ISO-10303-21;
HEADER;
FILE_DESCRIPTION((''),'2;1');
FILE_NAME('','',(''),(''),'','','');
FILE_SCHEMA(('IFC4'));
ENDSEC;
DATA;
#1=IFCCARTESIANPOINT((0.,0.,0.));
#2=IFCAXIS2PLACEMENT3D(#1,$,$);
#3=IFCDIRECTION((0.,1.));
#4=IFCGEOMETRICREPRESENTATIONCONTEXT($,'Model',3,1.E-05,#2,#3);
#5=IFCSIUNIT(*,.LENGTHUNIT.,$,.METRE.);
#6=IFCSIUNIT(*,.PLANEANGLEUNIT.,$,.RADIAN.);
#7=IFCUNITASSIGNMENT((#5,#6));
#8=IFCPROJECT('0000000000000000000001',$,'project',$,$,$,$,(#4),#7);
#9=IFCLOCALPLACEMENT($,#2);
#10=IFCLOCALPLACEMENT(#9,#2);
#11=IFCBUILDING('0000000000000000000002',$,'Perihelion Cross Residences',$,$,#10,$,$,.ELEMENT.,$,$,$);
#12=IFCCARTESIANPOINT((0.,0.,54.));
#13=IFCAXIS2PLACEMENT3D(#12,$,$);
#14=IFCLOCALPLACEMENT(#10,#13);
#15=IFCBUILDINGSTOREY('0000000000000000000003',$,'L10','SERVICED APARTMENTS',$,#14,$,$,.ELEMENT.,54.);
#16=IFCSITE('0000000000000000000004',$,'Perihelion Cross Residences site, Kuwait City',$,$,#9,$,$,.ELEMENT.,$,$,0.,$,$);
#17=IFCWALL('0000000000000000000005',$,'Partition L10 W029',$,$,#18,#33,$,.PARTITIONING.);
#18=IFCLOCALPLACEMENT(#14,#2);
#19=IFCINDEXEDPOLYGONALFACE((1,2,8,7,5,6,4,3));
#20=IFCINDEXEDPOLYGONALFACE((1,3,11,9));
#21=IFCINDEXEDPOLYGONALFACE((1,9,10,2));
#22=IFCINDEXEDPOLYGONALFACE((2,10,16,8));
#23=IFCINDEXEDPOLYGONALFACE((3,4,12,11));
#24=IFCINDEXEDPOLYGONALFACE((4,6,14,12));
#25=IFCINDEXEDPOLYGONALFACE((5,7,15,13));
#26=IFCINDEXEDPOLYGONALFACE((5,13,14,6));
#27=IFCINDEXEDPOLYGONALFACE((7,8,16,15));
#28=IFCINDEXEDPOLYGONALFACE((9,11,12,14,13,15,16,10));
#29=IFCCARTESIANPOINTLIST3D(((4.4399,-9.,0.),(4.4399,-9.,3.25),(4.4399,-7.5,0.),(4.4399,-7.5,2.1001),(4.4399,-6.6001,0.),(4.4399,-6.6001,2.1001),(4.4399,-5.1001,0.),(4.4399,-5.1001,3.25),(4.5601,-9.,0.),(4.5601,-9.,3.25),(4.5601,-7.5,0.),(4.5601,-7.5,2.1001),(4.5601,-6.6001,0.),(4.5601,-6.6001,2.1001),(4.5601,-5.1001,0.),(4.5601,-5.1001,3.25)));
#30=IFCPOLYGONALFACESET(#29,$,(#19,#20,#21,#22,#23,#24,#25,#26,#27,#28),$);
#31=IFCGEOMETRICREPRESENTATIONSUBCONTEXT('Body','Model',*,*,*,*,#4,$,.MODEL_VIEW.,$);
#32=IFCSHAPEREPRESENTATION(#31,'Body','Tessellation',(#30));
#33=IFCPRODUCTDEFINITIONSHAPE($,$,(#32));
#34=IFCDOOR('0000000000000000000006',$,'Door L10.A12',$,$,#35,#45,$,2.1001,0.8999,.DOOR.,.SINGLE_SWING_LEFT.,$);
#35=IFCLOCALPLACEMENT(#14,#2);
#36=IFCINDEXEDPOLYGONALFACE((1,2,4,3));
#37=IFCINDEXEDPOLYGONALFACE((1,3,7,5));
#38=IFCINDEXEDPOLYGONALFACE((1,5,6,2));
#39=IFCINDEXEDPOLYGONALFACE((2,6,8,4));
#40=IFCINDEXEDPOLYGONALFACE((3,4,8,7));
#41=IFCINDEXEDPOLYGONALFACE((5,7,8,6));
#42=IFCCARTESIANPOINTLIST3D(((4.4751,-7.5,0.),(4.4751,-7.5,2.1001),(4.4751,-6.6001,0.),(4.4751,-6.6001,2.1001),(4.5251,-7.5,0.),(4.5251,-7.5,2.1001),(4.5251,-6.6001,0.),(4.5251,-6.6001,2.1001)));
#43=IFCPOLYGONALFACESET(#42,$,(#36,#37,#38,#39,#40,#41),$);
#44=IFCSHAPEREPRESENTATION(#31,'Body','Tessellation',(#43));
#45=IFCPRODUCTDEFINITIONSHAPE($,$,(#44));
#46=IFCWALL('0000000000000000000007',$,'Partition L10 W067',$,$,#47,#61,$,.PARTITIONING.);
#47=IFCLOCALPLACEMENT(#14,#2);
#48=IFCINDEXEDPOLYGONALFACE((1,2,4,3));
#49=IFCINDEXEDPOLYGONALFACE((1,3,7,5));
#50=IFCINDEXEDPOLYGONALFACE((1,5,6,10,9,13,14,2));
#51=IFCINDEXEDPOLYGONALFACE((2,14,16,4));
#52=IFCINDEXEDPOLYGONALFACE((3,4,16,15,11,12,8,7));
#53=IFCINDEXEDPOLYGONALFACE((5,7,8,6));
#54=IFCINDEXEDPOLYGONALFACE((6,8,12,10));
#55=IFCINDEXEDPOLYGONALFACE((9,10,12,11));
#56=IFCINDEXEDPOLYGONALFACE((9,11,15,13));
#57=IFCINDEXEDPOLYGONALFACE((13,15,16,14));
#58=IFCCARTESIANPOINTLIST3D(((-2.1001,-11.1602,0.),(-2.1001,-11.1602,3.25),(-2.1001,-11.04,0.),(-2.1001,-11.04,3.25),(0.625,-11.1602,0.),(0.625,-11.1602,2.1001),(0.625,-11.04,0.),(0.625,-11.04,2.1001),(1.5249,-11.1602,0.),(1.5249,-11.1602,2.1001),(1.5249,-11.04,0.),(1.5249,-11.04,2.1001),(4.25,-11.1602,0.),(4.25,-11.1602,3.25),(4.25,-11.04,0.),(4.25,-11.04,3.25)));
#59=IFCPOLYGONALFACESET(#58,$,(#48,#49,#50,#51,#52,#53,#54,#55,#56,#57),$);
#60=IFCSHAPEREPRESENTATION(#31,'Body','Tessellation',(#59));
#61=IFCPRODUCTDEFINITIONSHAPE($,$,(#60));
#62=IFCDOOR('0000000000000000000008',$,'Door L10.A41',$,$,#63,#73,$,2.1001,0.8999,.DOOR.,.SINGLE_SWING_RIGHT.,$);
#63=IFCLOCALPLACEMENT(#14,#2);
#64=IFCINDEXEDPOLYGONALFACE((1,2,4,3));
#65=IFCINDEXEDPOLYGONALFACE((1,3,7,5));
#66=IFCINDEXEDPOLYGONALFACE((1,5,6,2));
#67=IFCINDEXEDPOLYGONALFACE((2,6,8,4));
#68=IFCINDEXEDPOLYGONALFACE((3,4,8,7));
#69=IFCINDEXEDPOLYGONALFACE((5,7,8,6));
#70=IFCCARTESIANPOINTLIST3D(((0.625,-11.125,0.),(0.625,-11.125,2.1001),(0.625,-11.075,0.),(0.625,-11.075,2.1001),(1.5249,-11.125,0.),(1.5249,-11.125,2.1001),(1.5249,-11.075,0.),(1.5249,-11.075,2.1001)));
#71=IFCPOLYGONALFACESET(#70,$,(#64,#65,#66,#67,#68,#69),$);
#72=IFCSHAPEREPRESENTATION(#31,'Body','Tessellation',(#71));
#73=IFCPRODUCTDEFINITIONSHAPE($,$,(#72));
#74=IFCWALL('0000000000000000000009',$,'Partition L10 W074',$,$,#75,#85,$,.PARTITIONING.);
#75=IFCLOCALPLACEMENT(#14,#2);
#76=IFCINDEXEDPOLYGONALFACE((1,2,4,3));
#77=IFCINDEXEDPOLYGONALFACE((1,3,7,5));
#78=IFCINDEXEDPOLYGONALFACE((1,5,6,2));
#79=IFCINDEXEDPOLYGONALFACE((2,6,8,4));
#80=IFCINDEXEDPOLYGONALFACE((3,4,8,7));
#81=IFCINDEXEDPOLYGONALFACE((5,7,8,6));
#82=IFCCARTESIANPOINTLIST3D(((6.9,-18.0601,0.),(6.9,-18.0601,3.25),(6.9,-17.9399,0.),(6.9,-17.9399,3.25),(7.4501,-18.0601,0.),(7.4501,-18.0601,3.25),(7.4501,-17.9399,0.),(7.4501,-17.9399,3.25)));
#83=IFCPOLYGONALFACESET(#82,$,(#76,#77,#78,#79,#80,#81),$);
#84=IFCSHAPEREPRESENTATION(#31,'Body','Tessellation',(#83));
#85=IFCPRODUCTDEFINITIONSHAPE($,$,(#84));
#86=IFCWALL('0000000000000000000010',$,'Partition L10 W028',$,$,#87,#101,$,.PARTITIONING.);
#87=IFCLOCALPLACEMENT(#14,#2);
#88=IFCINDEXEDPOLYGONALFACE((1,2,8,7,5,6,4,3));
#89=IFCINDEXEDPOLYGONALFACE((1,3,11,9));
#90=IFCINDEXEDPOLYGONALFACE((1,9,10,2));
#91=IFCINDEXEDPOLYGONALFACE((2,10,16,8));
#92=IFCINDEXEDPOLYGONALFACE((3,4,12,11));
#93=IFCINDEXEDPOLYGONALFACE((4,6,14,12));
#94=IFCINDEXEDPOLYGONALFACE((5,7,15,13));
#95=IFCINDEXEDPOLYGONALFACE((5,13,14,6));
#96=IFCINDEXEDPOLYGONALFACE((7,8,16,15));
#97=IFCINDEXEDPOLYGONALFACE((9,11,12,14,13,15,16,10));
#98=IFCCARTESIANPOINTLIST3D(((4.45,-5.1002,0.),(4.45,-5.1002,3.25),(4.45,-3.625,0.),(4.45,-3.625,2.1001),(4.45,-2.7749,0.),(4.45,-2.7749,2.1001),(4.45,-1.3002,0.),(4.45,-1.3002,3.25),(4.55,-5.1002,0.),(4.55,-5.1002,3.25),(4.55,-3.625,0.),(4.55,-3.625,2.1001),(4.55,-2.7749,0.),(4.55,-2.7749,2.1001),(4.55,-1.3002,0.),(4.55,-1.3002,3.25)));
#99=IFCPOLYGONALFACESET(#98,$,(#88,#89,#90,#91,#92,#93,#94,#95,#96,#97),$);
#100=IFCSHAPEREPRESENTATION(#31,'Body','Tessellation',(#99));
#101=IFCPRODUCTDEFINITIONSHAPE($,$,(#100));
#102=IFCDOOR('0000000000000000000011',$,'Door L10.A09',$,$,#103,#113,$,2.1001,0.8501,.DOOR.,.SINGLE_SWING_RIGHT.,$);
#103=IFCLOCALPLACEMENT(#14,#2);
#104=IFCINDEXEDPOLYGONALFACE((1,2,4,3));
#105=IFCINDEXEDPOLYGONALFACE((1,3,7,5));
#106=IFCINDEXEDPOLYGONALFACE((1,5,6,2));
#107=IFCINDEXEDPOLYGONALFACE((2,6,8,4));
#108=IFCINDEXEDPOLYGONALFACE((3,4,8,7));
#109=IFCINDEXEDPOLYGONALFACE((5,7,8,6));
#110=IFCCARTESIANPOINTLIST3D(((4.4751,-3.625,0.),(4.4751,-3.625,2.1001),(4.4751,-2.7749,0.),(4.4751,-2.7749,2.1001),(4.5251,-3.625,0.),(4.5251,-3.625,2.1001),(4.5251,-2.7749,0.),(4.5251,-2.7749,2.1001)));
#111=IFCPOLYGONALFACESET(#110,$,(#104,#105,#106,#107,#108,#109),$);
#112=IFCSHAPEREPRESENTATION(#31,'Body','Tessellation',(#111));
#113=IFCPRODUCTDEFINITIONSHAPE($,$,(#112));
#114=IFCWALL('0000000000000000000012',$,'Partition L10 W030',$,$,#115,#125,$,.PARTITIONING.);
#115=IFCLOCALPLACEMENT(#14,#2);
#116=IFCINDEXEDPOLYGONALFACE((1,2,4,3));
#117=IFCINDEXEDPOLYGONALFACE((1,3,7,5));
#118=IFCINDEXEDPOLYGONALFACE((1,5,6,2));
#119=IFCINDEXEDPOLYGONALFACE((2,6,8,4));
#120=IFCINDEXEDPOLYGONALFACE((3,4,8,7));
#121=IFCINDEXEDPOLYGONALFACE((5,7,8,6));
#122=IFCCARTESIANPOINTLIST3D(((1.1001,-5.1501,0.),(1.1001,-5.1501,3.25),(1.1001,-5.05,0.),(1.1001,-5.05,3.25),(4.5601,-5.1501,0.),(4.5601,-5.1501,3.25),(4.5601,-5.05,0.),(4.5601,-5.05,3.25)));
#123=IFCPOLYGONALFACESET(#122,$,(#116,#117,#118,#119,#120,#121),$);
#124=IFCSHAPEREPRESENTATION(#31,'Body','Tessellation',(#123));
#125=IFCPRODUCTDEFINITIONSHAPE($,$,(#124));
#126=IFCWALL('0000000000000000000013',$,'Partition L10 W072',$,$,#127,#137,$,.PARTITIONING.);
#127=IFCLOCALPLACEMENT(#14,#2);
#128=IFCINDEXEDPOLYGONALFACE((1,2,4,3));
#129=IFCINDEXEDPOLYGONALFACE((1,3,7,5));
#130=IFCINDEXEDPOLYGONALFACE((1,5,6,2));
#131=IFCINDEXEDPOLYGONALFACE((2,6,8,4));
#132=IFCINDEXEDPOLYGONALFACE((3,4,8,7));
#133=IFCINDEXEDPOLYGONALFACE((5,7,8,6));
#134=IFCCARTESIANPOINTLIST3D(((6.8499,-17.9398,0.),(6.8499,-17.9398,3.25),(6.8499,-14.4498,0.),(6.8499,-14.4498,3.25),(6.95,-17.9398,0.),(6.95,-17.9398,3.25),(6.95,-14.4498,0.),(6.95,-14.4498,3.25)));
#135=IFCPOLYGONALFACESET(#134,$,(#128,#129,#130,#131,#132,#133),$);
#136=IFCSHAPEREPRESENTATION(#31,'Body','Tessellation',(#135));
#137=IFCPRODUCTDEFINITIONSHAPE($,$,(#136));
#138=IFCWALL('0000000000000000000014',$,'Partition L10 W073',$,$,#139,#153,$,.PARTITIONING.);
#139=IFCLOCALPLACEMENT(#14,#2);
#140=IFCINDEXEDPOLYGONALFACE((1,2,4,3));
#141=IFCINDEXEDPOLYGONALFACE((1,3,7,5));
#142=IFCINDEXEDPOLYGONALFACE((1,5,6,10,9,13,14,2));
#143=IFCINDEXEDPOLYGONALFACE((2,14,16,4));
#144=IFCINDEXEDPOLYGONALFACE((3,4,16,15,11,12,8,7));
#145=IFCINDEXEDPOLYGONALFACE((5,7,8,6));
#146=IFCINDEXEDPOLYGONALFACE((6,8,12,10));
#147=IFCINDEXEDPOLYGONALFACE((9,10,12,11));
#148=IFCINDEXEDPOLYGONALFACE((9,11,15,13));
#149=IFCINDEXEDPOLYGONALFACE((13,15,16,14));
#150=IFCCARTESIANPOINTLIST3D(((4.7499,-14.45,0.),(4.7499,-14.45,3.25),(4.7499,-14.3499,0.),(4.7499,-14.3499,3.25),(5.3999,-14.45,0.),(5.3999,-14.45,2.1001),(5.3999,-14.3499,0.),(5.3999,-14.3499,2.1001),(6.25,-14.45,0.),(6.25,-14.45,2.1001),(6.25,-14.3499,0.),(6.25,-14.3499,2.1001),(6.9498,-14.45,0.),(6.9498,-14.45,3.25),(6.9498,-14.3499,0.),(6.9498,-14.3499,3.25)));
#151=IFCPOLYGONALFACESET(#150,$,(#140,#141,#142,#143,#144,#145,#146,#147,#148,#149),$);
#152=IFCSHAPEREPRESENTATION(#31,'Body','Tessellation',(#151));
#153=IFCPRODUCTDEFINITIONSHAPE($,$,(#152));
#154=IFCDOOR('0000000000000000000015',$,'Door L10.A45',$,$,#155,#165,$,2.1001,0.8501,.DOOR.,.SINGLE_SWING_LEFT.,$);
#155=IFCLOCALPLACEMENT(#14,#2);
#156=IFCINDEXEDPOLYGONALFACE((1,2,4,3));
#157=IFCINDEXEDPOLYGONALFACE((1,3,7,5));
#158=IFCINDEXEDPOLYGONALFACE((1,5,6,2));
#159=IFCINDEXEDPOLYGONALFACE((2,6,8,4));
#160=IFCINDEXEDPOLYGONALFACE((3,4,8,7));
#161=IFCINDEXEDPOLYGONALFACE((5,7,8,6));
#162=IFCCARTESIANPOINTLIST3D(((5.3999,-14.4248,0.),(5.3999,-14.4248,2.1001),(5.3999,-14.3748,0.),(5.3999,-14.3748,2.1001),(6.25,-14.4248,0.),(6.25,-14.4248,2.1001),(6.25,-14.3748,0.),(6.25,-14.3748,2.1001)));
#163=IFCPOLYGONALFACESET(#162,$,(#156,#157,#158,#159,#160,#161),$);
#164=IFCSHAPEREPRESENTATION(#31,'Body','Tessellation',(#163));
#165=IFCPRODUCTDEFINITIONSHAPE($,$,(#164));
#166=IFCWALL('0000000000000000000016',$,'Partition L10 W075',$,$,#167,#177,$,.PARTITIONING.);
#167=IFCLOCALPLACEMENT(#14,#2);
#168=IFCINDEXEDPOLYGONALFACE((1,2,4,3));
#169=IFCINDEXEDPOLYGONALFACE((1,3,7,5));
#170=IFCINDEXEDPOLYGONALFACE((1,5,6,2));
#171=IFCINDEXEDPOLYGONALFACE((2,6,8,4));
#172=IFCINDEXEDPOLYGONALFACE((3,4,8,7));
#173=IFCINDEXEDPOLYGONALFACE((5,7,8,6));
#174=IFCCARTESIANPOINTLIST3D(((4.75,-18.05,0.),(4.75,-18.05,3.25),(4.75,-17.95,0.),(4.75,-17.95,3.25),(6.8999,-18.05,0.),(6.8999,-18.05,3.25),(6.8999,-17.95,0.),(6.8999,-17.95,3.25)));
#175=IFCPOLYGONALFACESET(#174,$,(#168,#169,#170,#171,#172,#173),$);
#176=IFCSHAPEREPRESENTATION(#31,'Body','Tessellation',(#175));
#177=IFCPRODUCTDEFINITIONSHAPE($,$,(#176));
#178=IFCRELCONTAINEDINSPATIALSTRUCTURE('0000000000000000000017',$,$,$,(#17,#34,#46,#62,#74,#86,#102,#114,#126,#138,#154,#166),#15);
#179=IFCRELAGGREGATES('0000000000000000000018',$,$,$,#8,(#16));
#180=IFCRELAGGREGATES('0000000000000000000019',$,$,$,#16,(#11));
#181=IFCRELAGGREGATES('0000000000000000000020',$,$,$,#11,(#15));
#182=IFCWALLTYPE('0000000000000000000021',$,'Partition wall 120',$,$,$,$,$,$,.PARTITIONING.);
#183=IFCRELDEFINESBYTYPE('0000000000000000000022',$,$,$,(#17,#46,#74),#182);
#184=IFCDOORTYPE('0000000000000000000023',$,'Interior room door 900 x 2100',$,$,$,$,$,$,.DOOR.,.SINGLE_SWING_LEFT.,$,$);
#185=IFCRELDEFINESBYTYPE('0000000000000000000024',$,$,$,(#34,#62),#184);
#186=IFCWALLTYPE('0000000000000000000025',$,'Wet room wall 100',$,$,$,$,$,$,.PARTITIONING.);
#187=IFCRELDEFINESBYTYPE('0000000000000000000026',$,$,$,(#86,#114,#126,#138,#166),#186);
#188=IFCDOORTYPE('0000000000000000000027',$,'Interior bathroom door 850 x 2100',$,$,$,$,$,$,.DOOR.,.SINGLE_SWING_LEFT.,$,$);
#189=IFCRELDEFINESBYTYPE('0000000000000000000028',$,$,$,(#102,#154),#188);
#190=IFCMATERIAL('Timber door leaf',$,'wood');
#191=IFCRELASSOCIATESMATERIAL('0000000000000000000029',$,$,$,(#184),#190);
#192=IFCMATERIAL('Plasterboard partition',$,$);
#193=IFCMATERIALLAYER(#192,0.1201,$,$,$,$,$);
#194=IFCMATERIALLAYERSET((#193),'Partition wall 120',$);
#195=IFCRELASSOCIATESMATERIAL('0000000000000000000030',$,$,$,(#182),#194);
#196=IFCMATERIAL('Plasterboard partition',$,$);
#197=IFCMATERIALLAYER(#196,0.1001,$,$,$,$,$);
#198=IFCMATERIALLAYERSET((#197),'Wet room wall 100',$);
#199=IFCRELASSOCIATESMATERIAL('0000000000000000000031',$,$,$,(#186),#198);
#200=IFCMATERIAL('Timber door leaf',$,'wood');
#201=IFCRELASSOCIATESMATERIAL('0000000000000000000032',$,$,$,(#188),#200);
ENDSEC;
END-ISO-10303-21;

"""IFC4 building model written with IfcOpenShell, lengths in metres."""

from ifc_helpers import new_model, si_unit, direction, frame, frame_2d, origin, place, context, subcontext, project, spatial, rectangle, extrude, material, layer, layer_set, type_object, element, fill, save


model = new_model("IFC4")

# Units and contexts
model_context = context("Model", 3, precision=1e-05, world=origin(), true_north=direction((0.0, 1.0)))
body_context = subcontext(model_context, "Body", "Model", "MODEL_VIEW")
ifc_project = project(units=[si_unit("LENGTHUNIT", "METRE"), si_unit("PLANEANGLEUNIT", "RADIAN")], contexts=[model_context])

# Site, building, storey
site_placement = place(None, origin())
site = spatial("IfcSite", under=ifc_project, at=site_placement, Name="Perihelion Cross Residences site, Kuwait City", CompositionType="ELEMENT", RefElevation=0.0)
building_placement = place(site_placement, origin())
building = spatial("IfcBuilding", under=site, at=building_placement, Name="Perihelion Cross Residences", CompositionType="ELEMENT")
storey_placement = place(building_placement, frame((0.0, 0.0, 54.0)))
storey = spatial("IfcBuildingStorey", under=building, at=storey_placement, Name="L10", Description="SERVICED APARTMENTS", CompositionType="ELEMENT", Elevation=54.0)

# Walls, openings, doors
ifc_material_1 = material(Name="Timber door leaf", Category="wood")
door_type_1 = type_object("IfcDoorType", Name="Interior room door 900 x 2100", OperationType="SINGLE_SWING_LEFT", PredefinedType="DOOR", material=ifc_material_1)
ifc_material_2 = material(Name="Plasterboard partition")
ifc_layer_1 = layer(ifc_material_2, 0.1201)
ifc_layer_set_1 = layer_set([ifc_layer_1], Name="Partition wall 120")
wall_type_1 = type_object("IfcWallType", Name="Partition wall 120", PredefinedType="PARTITIONING", material=ifc_layer_set_1)
wall_1_placement = place(storey_placement, frame((4.5, -9.0, 0.0), z_axis=(0.0, 0.0, 1.0), x_axis=(0.0, 1.0, 0.0)))
wall_1 = element("IfcWall", 1, at=wall_1_placement, inside=storey, type_object=wall_type_1, Name="Partition L10 W029", PredefinedType="PARTITIONING", context=body_context, shape_type="SweptSolid", body=[
    extrude(rectangle(XDim=3.8999, YDim=0.1201, at=frame_2d((1.95, 0.0))), origin(), (0.0, 0.0, 1.0), 3.25),
])
opening_1_placement = place(wall_1_placement, frame((1.5, 0.0, 0.0)))
opening_1 = element("IfcOpeningElement", 2, at=opening_1_placement, cuts=wall_1, PredefinedType="OPENING", context=body_context, shape_type="SweptSolid", body=[
    extrude(rectangle(XDim=0.8999, YDim=2.1001, at=frame_2d((0.45, 1.05))), frame((0.0, 0.0701, 0.0), z_axis=(0.0, -1.0, 0.0), x_axis=(1.0, 0.0, 0.0)), (0.0, 0.0, 1.0), 0.1401),
])
door_1_placement = place(opening_1_placement, origin())
door_1 = element("IfcDoor", 3, at=door_1_placement, inside=storey, type_object=door_type_1, Name="Door L10.A12", OperationType="SINGLE_SWING_LEFT", OverallHeight=2.1001, OverallWidth=0.8999, PredefinedType="DOOR", context=body_context, shape_type="SweptSolid", body=[
    extrude(rectangle(XDim=0.8999, YDim=2.1001, at=frame_2d((0.45, 1.05))), frame((0.0, 0.0249, 0.0), z_axis=(0.0, -1.0, 0.0), x_axis=(1.0, 0.0, 0.0)), (0.0, 0.0, 1.0), 0.05),
])
fill(opening_1, door_1)
wall_2_placement = place(storey_placement, frame((4.25, -11.1001, 0.0), z_axis=(0.0, 0.0, 1.0), x_axis=(-1.0, 0.0, 0.0)))
wall_2 = element("IfcWall", 4, at=wall_2_placement, inside=storey, type_object=wall_type_1, Name="Partition L10 W067", PredefinedType="PARTITIONING", context=body_context, shape_type="SweptSolid", body=[
    extrude(rectangle(XDim=6.3501, YDim=0.1201, at=frame_2d((3.175, 0.0))), origin(), (0.0, 0.0, 1.0), 3.25),
])
opening_2_placement = place(wall_2_placement, frame((2.7251, 0.0, 0.0)))
opening_2 = element("IfcOpeningElement", 5, at=opening_2_placement, cuts=wall_2, PredefinedType="OPENING", context=body_context, shape_type="SweptSolid", body=[
    extrude(rectangle(XDim=0.8999, YDim=2.1001, at=frame_2d((0.45, 1.05))), frame((0.0, 0.0701, 0.0), z_axis=(0.0, -1.0, 0.0), x_axis=(1.0, 0.0, 0.0)), (0.0, 0.0, 1.0), 0.1401),
])
door_2_placement = place(opening_2_placement, origin())
door_2 = element("IfcDoor", 6, at=door_2_placement, inside=storey, type_object=door_type_1, Name="Door L10.A41", OperationType="SINGLE_SWING_RIGHT", OverallHeight=2.1001, OverallWidth=0.8999, PredefinedType="DOOR", context=body_context, shape_type="SweptSolid", body=[
    extrude(rectangle(XDim=0.8999, YDim=2.1001, at=frame_2d((0.45, 1.05))), frame((0.0, 0.0249, 0.0), z_axis=(0.0, -1.0, 0.0), x_axis=(1.0, 0.0, 0.0)), (0.0, 0.0, 1.0), 0.05),
])
fill(opening_2, door_2)

# Wall
wall_3_placement = place(storey_placement, frame((7.45, -18.0, 0.0), z_axis=(0.0, 0.0, 1.0), x_axis=(-1.0, 0.0, 0.0)))
element("IfcWall", 7, at=wall_3_placement, inside=storey, type_object=wall_type_1, Name="Partition L10 W074", PredefinedType="PARTITIONING", context=body_context, shape_type="SweptSolid", body=[
    extrude(rectangle(XDim=0.55, YDim=0.1201, at=frame_2d((0.2749, 0.0))), origin(), (0.0, 0.0, 1.0), 3.25),
])

# Wall, opening, door
ifc_material_3 = material(Name="Plasterboard partition")
ifc_layer_2 = layer(ifc_material_3, 0.1001)
ifc_layer_set_2 = layer_set([ifc_layer_2], Name="Wet room wall 100")
wall_type_2 = type_object("IfcWallType", Name="Wet room wall 100", PredefinedType="PARTITIONING", material=ifc_layer_set_2)
wall_4_placement = place(storey_placement, frame((4.5, -5.1001, 0.0), z_axis=(0.0, 0.0, 1.0), x_axis=(0.0, 1.0, 0.0)))
wall_4 = element("IfcWall", 8, at=wall_4_placement, inside=storey, type_object=wall_type_2, Name="Partition L10 W028", PredefinedType="PARTITIONING", context=body_context, shape_type="SweptSolid", body=[
    extrude(rectangle(XDim=3.8, YDim=0.1001, at=frame_2d((1.8999, 0.0))), origin(), (0.0, 0.0, 1.0), 3.25),
])
opening_3_placement = place(wall_4_placement, frame((1.4751, 0.0, 0.0)))
opening_3 = element("IfcOpeningElement", 9, at=opening_3_placement, cuts=wall_4, PredefinedType="OPENING", context=body_context, shape_type="SweptSolid", body=[
    extrude(rectangle(XDim=0.8501, YDim=2.1001, at=frame_2d((0.425, 1.05))), frame((0.0, 0.0601, 0.0), z_axis=(0.0, -1.0, 0.0), x_axis=(1.0, 0.0, 0.0)), (0.0, 0.0, 1.0), 0.1201),
])
ifc_material_4 = material(Name="Timber door leaf", Category="wood")
door_type_2 = type_object("IfcDoorType", Name="Interior bathroom door 850 x 2100", OperationType="SINGLE_SWING_LEFT", PredefinedType="DOOR", material=ifc_material_4)
door_3_placement = place(opening_3_placement, origin())
door_3 = element("IfcDoor", 10, at=door_3_placement, inside=storey, type_object=door_type_2, Name="Door L10.A09", OperationType="SINGLE_SWING_RIGHT", OverallHeight=2.1001, OverallWidth=0.8501, PredefinedType="DOOR", context=body_context, shape_type="SweptSolid", body=[
    extrude(rectangle(XDim=0.8501, YDim=2.1001, at=frame_2d((0.425, 1.05))), frame((0.0, 0.0249, 0.0), z_axis=(0.0, -1.0, 0.0), x_axis=(1.0, 0.0, 0.0)), (0.0, 0.0, 1.0), 0.05),
])
fill(opening_3, door_3)

# Walls
wall_5_placement = place(storey_placement, frame((4.5601, -5.1001, 0.0), z_axis=(0.0, 0.0, 1.0), x_axis=(-1.0, 0.0, 0.0)))
element("IfcWall", 11, at=wall_5_placement, inside=storey, type_object=wall_type_2, Name="Partition L10 W030", PredefinedType="PARTITIONING", context=body_context, shape_type="SweptSolid", body=[
    extrude(rectangle(XDim=3.46, YDim=0.1001, at=frame_2d((1.73, 0.0))), origin(), (0.0, 0.0, 1.0), 3.25),
])
wall_6_placement = place(storey_placement, frame((6.8999, -17.9399, 0.0), z_axis=(0.0, 0.0, 1.0), x_axis=(0.0, 1.0, 0.0)))
element("IfcWall", 12, at=wall_6_placement, inside=storey, type_object=wall_type_2, Name="Partition L10 W072", PredefinedType="PARTITIONING", context=body_context, shape_type="SweptSolid", body=[
    extrude(rectangle(XDim=3.49, YDim=0.1001, at=frame_2d((1.7451, 0.0))), origin(), (0.0, 0.0, 1.0), 3.25),
])

# Wall, opening, door
wall_7_placement = place(storey_placement, frame((6.95, -14.3999, 0.0), z_axis=(0.0, 0.0, 1.0), x_axis=(-1.0, 0.0, 0.0)))
wall_7 = element("IfcWall", 13, at=wall_7_placement, inside=storey, type_object=wall_type_2, Name="Partition L10 W073", PredefinedType="PARTITIONING", context=body_context, shape_type="SweptSolid", body=[
    extrude(rectangle(XDim=2.2, YDim=0.1001, at=frame_2d((1.1001, 0.0))), origin(), (0.0, 0.0, 1.0), 3.25),
])
opening_4_placement = place(wall_7_placement, frame((0.7, 0.0, 0.0)))
opening_4 = element("IfcOpeningElement", 14, at=opening_4_placement, cuts=wall_7, PredefinedType="OPENING", context=body_context, shape_type="SweptSolid", body=[
    extrude(rectangle(XDim=0.8501, YDim=2.1001, at=frame_2d((0.425, 1.05))), frame((0.0, 0.0601, 0.0), z_axis=(0.0, -1.0, 0.0), x_axis=(1.0, 0.0, 0.0)), (0.0, 0.0, 1.0), 0.1201),
])
door_4_placement = place(opening_4_placement, origin())
door_4 = element("IfcDoor", 15, at=door_4_placement, inside=storey, type_object=door_type_2, Name="Door L10.A45", OperationType="SINGLE_SWING_LEFT", OverallHeight=2.1001, OverallWidth=0.8501, PredefinedType="DOOR", context=body_context, shape_type="SweptSolid", body=[
    extrude(rectangle(XDim=0.8501, YDim=2.1001, at=frame_2d((0.425, 1.05))), frame((0.0, 0.0249, 0.0), z_axis=(0.0, -1.0, 0.0), x_axis=(1.0, 0.0, 0.0)), (0.0, 0.0, 1.0), 0.05),
])
fill(opening_4, door_4)

# Wall
wall_8_placement = place(storey_placement, frame((6.8999, -18.0, 0.0), z_axis=(0.0, 0.0, 1.0), x_axis=(-1.0, 0.0, 0.0)))
element("IfcWall", 16, at=wall_8_placement, inside=storey, type_object=wall_type_2, Name="Partition L10 W075", PredefinedType="PARTITIONING", context=body_context, shape_type="SweptSolid", body=[
    extrude(rectangle(XDim=2.1499, YDim=0.1001, at=frame_2d((1.075, 0.0))), origin(), (0.0, 0.0, 1.0), 3.25),
])

save(model, "model.ifc")
